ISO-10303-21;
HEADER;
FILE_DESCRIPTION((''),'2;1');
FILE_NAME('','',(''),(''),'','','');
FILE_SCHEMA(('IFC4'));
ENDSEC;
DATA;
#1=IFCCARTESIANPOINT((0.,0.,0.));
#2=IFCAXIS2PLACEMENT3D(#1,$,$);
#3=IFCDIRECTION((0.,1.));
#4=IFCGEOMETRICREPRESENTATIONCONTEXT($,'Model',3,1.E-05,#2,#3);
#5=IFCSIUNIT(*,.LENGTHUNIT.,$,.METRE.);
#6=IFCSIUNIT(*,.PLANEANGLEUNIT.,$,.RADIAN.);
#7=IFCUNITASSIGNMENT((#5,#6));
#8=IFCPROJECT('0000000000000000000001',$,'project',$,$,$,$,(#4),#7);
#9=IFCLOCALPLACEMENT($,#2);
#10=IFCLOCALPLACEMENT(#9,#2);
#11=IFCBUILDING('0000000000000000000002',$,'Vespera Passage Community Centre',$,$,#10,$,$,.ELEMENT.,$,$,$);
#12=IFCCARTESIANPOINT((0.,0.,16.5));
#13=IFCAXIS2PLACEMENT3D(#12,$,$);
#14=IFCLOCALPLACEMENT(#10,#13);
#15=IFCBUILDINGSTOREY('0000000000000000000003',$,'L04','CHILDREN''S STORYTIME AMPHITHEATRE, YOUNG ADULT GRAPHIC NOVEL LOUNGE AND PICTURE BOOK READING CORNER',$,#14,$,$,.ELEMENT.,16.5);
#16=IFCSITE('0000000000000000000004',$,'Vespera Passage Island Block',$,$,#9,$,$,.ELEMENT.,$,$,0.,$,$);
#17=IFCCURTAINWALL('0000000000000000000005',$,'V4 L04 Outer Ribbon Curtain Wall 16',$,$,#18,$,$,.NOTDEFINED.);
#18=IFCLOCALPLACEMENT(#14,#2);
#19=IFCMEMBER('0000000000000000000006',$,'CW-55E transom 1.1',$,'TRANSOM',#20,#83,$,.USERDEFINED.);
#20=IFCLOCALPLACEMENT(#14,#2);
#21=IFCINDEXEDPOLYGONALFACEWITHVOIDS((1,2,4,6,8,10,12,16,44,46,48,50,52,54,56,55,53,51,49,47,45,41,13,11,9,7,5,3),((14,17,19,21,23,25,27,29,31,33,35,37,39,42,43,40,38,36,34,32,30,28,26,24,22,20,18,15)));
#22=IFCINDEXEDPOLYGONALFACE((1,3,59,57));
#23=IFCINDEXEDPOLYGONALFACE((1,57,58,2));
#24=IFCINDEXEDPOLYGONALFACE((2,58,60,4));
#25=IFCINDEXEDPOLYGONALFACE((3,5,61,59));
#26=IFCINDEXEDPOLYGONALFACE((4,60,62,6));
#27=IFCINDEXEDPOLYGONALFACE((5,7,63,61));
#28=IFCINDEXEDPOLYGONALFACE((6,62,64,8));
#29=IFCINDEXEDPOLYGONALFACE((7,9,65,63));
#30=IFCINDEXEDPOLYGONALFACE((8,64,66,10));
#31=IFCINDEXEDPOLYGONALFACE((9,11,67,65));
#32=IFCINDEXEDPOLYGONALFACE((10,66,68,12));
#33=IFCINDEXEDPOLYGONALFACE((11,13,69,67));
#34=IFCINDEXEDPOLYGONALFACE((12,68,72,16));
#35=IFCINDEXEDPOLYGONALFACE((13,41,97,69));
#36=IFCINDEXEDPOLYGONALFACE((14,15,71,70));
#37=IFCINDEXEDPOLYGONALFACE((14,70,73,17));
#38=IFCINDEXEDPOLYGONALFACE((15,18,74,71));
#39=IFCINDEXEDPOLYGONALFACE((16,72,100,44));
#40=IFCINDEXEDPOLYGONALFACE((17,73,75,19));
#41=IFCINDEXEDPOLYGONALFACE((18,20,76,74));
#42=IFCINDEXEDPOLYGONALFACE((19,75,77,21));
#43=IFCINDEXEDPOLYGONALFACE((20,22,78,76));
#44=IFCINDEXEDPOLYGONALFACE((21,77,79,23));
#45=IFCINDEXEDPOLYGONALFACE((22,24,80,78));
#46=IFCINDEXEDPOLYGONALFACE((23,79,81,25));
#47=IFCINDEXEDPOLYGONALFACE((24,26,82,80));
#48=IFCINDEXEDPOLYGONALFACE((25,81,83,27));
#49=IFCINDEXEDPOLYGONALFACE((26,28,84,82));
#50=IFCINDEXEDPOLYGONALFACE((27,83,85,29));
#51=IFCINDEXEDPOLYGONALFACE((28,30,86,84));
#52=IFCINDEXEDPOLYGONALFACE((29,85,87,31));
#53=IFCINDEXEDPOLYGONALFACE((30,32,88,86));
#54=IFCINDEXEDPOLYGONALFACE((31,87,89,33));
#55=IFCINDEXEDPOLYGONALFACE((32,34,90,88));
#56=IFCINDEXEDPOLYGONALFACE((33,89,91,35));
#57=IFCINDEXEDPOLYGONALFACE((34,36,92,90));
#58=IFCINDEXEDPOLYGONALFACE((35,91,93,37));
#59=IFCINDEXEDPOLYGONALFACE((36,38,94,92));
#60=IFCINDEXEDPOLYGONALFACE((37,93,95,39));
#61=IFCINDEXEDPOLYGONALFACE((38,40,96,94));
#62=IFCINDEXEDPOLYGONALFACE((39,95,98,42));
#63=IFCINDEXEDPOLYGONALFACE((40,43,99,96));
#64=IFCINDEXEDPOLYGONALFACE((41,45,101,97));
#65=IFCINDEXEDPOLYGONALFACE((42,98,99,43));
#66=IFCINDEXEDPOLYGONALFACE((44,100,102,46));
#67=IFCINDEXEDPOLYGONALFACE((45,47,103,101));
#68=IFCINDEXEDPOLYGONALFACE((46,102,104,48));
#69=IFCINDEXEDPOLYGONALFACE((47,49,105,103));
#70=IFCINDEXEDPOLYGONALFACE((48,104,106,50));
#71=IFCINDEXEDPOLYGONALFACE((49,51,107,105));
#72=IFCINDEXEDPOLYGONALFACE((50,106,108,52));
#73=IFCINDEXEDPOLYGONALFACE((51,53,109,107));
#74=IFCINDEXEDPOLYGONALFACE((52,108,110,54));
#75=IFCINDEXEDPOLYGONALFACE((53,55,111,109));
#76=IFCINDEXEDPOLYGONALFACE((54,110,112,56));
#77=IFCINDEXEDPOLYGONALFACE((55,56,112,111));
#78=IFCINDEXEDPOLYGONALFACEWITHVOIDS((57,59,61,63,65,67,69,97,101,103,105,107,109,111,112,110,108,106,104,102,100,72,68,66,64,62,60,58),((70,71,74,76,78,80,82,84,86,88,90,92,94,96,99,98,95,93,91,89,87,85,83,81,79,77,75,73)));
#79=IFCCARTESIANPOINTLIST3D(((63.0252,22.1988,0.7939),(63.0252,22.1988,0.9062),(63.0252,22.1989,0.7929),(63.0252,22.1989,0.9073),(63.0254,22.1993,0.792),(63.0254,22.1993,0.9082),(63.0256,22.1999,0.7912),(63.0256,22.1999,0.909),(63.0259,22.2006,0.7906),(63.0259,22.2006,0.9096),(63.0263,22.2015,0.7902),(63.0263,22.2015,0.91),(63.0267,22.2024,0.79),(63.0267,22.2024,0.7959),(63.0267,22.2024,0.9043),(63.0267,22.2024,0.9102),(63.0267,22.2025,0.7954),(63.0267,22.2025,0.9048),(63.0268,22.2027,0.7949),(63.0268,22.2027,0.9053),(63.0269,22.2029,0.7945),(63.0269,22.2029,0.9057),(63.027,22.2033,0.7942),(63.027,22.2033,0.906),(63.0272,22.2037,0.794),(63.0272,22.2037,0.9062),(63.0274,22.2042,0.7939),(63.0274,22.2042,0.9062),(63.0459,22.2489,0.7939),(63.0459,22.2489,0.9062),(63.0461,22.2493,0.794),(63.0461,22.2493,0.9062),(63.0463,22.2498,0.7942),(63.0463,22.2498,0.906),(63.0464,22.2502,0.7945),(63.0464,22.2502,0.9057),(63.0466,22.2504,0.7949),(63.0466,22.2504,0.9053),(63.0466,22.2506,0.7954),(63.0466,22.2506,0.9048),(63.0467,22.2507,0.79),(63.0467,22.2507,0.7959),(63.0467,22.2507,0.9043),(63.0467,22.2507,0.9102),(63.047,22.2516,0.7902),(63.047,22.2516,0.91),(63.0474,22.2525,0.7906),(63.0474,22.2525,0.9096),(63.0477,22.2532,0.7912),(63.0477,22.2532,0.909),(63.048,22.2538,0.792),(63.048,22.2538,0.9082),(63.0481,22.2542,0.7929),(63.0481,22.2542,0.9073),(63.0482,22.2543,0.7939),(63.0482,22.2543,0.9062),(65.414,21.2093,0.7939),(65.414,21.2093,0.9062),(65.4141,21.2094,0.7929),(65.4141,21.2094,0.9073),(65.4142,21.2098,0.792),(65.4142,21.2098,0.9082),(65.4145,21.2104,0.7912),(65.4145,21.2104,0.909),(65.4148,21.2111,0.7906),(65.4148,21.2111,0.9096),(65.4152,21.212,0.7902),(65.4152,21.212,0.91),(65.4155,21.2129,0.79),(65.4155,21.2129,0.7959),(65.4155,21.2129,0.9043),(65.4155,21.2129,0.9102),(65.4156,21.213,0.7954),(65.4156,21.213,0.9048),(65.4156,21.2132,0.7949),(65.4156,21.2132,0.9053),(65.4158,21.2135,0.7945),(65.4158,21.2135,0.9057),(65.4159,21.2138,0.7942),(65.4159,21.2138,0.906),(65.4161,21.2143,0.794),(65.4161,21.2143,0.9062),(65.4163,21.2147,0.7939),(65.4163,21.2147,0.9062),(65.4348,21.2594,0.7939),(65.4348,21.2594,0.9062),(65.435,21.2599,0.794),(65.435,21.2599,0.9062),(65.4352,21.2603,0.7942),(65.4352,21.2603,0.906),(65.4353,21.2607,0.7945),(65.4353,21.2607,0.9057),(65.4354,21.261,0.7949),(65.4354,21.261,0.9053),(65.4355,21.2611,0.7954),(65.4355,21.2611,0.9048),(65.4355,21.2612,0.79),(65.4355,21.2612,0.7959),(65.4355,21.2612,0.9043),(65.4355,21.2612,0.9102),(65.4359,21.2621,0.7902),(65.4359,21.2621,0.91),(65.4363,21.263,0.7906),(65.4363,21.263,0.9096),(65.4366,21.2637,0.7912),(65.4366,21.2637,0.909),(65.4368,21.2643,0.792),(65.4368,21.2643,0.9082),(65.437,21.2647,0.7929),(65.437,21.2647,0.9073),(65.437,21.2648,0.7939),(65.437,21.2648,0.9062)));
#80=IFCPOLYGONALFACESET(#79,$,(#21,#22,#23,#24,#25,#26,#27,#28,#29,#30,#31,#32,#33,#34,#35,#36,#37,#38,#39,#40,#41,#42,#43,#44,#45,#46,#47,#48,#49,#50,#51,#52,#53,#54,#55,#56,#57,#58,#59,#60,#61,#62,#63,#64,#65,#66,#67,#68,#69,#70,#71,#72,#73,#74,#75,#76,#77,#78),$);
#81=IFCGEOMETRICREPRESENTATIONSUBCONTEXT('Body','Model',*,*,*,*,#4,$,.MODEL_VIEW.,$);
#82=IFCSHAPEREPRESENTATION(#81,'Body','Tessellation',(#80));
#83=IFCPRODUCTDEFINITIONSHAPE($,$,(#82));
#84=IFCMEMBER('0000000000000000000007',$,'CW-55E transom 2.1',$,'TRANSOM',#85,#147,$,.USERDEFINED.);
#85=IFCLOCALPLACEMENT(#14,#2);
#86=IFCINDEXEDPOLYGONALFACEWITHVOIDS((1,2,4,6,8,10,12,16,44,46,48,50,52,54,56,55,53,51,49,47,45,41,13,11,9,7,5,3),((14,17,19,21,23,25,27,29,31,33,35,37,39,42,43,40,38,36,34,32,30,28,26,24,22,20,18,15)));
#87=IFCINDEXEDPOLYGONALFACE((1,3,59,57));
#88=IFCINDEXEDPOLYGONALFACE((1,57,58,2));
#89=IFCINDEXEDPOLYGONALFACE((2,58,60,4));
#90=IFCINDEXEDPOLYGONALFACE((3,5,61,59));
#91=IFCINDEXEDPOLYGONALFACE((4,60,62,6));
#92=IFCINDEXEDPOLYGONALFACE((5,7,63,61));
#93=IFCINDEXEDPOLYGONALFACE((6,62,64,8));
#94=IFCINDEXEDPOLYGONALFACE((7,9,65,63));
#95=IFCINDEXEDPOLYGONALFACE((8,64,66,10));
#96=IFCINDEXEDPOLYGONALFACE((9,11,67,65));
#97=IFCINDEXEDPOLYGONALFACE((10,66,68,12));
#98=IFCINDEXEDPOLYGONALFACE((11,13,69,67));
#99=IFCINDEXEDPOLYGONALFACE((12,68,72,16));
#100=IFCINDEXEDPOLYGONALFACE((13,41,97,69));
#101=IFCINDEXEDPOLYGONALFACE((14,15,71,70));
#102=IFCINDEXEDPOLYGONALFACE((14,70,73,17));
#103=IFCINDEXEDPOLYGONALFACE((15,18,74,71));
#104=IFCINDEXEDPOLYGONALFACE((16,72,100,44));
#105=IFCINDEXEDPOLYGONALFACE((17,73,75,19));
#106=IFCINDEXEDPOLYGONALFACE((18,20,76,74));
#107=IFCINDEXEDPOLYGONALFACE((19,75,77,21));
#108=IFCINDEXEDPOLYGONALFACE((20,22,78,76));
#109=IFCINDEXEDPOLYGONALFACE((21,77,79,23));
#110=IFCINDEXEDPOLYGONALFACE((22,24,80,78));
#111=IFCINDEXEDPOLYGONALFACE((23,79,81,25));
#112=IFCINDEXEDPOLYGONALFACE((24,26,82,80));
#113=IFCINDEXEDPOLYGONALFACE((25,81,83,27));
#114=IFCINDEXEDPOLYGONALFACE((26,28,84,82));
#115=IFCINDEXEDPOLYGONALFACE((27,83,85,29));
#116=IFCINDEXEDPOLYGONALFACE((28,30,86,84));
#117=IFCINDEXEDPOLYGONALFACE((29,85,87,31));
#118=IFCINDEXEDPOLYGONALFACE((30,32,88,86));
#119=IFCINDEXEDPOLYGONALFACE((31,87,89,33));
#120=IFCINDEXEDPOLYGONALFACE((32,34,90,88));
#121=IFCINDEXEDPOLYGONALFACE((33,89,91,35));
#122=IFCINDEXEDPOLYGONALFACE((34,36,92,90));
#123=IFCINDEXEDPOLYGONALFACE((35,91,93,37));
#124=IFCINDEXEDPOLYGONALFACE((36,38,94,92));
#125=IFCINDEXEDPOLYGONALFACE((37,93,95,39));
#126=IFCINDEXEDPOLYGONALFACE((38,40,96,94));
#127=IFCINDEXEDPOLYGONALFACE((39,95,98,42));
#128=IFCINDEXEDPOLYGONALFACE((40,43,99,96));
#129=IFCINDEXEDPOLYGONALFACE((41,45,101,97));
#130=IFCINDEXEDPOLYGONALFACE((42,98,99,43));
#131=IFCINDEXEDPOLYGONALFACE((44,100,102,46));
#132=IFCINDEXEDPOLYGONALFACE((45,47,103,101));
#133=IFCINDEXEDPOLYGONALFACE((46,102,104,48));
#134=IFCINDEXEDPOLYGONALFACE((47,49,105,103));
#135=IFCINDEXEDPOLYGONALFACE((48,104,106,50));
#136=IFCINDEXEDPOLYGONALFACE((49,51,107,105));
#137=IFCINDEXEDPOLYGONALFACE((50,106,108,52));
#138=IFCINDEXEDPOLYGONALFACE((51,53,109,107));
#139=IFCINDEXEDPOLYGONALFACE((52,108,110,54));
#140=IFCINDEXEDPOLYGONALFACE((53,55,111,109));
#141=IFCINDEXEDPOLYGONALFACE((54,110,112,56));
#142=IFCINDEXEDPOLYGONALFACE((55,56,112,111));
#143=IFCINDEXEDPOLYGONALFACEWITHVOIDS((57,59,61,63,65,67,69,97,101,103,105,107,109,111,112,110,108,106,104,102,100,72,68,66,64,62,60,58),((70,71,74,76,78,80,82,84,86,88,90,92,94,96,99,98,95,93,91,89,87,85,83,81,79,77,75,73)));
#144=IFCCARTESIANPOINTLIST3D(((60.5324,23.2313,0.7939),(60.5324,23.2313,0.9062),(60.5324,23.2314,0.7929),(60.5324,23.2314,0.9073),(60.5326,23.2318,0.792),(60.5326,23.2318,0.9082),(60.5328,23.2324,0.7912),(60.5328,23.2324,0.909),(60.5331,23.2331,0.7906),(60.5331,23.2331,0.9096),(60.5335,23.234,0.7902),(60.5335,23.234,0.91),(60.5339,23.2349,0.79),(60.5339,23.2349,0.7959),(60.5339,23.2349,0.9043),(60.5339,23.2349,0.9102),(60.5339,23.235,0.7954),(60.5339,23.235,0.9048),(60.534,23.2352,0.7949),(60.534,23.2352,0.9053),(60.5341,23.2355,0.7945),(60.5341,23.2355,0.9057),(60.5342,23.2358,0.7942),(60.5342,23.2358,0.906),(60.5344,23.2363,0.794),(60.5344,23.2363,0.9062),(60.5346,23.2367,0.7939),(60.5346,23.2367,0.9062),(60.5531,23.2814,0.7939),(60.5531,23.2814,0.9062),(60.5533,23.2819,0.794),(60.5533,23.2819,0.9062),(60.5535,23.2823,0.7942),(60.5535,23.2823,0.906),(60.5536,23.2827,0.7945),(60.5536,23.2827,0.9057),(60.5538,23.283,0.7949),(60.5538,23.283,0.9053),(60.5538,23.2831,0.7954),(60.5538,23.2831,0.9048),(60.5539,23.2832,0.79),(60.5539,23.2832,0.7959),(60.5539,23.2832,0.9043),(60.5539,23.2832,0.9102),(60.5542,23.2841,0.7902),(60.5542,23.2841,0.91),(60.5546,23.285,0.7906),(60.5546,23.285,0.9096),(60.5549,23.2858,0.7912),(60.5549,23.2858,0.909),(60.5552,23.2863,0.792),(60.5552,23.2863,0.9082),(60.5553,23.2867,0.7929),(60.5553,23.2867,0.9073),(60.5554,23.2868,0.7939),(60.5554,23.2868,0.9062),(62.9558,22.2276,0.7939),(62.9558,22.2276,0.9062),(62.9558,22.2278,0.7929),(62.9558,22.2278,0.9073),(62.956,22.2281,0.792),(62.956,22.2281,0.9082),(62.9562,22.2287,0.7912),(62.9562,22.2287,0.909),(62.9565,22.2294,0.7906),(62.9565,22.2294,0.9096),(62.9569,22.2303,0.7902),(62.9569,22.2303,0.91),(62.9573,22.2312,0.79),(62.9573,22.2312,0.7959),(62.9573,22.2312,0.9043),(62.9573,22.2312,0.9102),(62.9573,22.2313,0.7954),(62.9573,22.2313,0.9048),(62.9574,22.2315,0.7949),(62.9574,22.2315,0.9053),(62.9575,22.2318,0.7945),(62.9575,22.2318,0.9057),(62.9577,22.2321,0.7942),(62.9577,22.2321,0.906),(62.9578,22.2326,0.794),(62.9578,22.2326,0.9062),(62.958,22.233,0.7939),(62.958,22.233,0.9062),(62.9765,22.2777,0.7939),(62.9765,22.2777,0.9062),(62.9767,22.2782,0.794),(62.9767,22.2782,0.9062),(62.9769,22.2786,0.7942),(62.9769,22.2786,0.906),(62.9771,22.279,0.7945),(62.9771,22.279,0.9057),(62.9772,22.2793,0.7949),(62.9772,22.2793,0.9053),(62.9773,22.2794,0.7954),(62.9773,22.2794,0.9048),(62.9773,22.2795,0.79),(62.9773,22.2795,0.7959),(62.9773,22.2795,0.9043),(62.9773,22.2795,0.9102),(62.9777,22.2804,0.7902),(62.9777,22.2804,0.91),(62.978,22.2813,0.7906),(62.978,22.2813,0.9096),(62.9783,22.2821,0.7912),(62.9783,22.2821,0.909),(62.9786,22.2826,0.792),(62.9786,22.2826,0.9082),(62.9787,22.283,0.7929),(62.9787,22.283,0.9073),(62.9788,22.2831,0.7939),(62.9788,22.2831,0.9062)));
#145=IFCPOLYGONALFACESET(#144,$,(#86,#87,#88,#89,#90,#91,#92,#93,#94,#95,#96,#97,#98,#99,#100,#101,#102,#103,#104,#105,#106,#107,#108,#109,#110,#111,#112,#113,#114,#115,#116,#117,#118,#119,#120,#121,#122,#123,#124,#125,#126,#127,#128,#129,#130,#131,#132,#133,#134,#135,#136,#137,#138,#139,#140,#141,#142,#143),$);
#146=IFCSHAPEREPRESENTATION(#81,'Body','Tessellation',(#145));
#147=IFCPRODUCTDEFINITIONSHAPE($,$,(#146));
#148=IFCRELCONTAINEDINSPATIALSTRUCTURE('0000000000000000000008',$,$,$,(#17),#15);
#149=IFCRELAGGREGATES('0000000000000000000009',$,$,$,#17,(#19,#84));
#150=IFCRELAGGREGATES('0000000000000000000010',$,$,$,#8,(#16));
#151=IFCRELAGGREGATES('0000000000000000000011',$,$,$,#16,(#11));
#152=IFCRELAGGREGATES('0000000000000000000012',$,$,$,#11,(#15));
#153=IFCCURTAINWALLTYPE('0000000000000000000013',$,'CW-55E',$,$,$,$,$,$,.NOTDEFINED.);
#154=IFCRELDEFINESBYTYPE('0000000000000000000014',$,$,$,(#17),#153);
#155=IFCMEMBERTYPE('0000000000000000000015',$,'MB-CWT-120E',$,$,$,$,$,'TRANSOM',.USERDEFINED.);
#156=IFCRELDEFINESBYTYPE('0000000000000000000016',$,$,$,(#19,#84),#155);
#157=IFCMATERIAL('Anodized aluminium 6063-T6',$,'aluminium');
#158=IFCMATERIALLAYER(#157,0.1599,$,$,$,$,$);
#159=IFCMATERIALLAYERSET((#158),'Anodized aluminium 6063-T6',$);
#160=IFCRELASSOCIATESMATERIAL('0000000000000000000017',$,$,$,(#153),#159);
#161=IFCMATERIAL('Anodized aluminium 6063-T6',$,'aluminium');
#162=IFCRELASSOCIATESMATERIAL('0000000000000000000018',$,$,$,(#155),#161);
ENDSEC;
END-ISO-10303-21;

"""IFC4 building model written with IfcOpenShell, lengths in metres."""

from ifc_helpers import new_model, si_unit, direction, frame, origin, origin_2d, place, context, subcontext, project, spatial, hollow_rectangle, extrude, material, layer, layer_set, material_profile, profile_set, type_object, element, aggregate, save


model = new_model("IFC4")

# Units and contexts
model_context = context("Model", 3, precision=1e-05, world=origin(), true_north=direction((0.0, 1.0)))
body_context = subcontext(model_context, "Body", "Model", "MODEL_VIEW")
ifc_project = project(units=[si_unit("LENGTHUNIT", "METRE"), si_unit("PLANEANGLEUNIT", "RADIAN")], contexts=[model_context])

# Site, building, storey
site_placement = place(None, origin())
site = spatial("IfcSite", under=ifc_project, at=site_placement, Name="Vespera Passage Island Block", CompositionType="ELEMENT", RefElevation=0.0)
building_placement = place(site_placement, origin())
building = spatial("IfcBuilding", under=site, at=building_placement, Name="Vespera Passage Community Centre", CompositionType="ELEMENT")
storey_placement = place(building_placement, frame((0.0, 0.0, 16.5)))
storey = spatial("IfcBuildingStorey", under=building, at=storey_placement, Name="L04", Description="CHILDREN'S STORYTIME AMPHITHEATRE, YOUNG ADULT GRAPHIC NOVEL LOUNGE AND PICTURE BOOK READING CORNER", CompositionType="ELEMENT", Elevation=16.5)

# Curtain wall, members
ifc_material_1 = material(Name="Anodized aluminium 6063-T6", Category="aluminium")
ifc_layer_1 = layer(ifc_material_1, 0.1599)
ifc_layer_set_1 = layer_set([ifc_layer_1], Name="Anodized aluminium 6063-T6")
curtain_wall_type = type_object("IfcCurtainWallType", Name="CW-55E", PredefinedType="NOTDEFINED", material=ifc_layer_set_1)
curtain_wall_placement = place(storey_placement, origin())
curtain_wall = element("IfcCurtainWall", 1, at=curtain_wall_placement, inside=storey, type_object=curtain_wall_type, Name="V4 L04 Outer Ribbon Curtain Wall 16", PredefinedType="NOTDEFINED")
ifc_material_2 = material(Name="Anodized aluminium 6063-T6", Category="aluminium")
ifc_material_profile_1 = material_profile(ifc_material_2, hollow_rectangle(XDim=0.0601, YDim=0.1201, WallThickness=0.0039, InnerFilletRadius=0.002, OuterFilletRadius=0.0039, at=origin_2d()), Name="ALU120X60X4")
ifc_profile_set_1 = profile_set([ifc_material_profile_1], Name="Anodized aluminium 6063-T6")
member_type_1 = type_object("IfcMemberType", Name="MB-CWT-120E", ElementType="TRANSOM", PredefinedType="USERDEFINED", material=ifc_profile_set_1)
member_1_placement = place(storey_placement, frame((65.4255, 21.2371, 0.8501), z_axis=(-0.923882, 0.382677, 0.0), x_axis=(-0.382677, -0.923882, 0.0)))
member_1 = element("IfcMember", 2, at=member_1_placement, type_object=member_type_1, Name="CW-55E transom 1.1", ObjectType="TRANSOM", PredefinedType="USERDEFINED", context=body_context, shape_type="SweptSolid", body=[
    extrude(hollow_rectangle(XDim=0.0601, YDim=0.1201, WallThickness=0.0039, InnerFilletRadius=0.002, OuterFilletRadius=0.0039, at=origin_2d()), origin(), (0.0, 0.0, 1.0), 2.5857),
])
member_2_placement = place(storey_placement, frame((62.9673, 22.2554, 0.8501), z_axis=(-0.923895, 0.382645, 0.0), x_axis=(-0.382645, -0.923895, 0.0)))
member_2 = element("IfcMember", 3, at=member_2_placement, type_object=member_type_1, Name="CW-55E transom 2.1", ObjectType="TRANSOM", PredefinedType="USERDEFINED", context=body_context, shape_type="SweptSolid", body=[
    extrude(hollow_rectangle(XDim=0.0601, YDim=0.1201, WallThickness=0.0039, InnerFilletRadius=0.002, OuterFilletRadius=0.0039, at=origin_2d()), origin(), (0.0, 0.0, 1.0), 2.623),
])
aggregate(curtain_wall, [member_1, member_2])

save(model, "model.ifc")
